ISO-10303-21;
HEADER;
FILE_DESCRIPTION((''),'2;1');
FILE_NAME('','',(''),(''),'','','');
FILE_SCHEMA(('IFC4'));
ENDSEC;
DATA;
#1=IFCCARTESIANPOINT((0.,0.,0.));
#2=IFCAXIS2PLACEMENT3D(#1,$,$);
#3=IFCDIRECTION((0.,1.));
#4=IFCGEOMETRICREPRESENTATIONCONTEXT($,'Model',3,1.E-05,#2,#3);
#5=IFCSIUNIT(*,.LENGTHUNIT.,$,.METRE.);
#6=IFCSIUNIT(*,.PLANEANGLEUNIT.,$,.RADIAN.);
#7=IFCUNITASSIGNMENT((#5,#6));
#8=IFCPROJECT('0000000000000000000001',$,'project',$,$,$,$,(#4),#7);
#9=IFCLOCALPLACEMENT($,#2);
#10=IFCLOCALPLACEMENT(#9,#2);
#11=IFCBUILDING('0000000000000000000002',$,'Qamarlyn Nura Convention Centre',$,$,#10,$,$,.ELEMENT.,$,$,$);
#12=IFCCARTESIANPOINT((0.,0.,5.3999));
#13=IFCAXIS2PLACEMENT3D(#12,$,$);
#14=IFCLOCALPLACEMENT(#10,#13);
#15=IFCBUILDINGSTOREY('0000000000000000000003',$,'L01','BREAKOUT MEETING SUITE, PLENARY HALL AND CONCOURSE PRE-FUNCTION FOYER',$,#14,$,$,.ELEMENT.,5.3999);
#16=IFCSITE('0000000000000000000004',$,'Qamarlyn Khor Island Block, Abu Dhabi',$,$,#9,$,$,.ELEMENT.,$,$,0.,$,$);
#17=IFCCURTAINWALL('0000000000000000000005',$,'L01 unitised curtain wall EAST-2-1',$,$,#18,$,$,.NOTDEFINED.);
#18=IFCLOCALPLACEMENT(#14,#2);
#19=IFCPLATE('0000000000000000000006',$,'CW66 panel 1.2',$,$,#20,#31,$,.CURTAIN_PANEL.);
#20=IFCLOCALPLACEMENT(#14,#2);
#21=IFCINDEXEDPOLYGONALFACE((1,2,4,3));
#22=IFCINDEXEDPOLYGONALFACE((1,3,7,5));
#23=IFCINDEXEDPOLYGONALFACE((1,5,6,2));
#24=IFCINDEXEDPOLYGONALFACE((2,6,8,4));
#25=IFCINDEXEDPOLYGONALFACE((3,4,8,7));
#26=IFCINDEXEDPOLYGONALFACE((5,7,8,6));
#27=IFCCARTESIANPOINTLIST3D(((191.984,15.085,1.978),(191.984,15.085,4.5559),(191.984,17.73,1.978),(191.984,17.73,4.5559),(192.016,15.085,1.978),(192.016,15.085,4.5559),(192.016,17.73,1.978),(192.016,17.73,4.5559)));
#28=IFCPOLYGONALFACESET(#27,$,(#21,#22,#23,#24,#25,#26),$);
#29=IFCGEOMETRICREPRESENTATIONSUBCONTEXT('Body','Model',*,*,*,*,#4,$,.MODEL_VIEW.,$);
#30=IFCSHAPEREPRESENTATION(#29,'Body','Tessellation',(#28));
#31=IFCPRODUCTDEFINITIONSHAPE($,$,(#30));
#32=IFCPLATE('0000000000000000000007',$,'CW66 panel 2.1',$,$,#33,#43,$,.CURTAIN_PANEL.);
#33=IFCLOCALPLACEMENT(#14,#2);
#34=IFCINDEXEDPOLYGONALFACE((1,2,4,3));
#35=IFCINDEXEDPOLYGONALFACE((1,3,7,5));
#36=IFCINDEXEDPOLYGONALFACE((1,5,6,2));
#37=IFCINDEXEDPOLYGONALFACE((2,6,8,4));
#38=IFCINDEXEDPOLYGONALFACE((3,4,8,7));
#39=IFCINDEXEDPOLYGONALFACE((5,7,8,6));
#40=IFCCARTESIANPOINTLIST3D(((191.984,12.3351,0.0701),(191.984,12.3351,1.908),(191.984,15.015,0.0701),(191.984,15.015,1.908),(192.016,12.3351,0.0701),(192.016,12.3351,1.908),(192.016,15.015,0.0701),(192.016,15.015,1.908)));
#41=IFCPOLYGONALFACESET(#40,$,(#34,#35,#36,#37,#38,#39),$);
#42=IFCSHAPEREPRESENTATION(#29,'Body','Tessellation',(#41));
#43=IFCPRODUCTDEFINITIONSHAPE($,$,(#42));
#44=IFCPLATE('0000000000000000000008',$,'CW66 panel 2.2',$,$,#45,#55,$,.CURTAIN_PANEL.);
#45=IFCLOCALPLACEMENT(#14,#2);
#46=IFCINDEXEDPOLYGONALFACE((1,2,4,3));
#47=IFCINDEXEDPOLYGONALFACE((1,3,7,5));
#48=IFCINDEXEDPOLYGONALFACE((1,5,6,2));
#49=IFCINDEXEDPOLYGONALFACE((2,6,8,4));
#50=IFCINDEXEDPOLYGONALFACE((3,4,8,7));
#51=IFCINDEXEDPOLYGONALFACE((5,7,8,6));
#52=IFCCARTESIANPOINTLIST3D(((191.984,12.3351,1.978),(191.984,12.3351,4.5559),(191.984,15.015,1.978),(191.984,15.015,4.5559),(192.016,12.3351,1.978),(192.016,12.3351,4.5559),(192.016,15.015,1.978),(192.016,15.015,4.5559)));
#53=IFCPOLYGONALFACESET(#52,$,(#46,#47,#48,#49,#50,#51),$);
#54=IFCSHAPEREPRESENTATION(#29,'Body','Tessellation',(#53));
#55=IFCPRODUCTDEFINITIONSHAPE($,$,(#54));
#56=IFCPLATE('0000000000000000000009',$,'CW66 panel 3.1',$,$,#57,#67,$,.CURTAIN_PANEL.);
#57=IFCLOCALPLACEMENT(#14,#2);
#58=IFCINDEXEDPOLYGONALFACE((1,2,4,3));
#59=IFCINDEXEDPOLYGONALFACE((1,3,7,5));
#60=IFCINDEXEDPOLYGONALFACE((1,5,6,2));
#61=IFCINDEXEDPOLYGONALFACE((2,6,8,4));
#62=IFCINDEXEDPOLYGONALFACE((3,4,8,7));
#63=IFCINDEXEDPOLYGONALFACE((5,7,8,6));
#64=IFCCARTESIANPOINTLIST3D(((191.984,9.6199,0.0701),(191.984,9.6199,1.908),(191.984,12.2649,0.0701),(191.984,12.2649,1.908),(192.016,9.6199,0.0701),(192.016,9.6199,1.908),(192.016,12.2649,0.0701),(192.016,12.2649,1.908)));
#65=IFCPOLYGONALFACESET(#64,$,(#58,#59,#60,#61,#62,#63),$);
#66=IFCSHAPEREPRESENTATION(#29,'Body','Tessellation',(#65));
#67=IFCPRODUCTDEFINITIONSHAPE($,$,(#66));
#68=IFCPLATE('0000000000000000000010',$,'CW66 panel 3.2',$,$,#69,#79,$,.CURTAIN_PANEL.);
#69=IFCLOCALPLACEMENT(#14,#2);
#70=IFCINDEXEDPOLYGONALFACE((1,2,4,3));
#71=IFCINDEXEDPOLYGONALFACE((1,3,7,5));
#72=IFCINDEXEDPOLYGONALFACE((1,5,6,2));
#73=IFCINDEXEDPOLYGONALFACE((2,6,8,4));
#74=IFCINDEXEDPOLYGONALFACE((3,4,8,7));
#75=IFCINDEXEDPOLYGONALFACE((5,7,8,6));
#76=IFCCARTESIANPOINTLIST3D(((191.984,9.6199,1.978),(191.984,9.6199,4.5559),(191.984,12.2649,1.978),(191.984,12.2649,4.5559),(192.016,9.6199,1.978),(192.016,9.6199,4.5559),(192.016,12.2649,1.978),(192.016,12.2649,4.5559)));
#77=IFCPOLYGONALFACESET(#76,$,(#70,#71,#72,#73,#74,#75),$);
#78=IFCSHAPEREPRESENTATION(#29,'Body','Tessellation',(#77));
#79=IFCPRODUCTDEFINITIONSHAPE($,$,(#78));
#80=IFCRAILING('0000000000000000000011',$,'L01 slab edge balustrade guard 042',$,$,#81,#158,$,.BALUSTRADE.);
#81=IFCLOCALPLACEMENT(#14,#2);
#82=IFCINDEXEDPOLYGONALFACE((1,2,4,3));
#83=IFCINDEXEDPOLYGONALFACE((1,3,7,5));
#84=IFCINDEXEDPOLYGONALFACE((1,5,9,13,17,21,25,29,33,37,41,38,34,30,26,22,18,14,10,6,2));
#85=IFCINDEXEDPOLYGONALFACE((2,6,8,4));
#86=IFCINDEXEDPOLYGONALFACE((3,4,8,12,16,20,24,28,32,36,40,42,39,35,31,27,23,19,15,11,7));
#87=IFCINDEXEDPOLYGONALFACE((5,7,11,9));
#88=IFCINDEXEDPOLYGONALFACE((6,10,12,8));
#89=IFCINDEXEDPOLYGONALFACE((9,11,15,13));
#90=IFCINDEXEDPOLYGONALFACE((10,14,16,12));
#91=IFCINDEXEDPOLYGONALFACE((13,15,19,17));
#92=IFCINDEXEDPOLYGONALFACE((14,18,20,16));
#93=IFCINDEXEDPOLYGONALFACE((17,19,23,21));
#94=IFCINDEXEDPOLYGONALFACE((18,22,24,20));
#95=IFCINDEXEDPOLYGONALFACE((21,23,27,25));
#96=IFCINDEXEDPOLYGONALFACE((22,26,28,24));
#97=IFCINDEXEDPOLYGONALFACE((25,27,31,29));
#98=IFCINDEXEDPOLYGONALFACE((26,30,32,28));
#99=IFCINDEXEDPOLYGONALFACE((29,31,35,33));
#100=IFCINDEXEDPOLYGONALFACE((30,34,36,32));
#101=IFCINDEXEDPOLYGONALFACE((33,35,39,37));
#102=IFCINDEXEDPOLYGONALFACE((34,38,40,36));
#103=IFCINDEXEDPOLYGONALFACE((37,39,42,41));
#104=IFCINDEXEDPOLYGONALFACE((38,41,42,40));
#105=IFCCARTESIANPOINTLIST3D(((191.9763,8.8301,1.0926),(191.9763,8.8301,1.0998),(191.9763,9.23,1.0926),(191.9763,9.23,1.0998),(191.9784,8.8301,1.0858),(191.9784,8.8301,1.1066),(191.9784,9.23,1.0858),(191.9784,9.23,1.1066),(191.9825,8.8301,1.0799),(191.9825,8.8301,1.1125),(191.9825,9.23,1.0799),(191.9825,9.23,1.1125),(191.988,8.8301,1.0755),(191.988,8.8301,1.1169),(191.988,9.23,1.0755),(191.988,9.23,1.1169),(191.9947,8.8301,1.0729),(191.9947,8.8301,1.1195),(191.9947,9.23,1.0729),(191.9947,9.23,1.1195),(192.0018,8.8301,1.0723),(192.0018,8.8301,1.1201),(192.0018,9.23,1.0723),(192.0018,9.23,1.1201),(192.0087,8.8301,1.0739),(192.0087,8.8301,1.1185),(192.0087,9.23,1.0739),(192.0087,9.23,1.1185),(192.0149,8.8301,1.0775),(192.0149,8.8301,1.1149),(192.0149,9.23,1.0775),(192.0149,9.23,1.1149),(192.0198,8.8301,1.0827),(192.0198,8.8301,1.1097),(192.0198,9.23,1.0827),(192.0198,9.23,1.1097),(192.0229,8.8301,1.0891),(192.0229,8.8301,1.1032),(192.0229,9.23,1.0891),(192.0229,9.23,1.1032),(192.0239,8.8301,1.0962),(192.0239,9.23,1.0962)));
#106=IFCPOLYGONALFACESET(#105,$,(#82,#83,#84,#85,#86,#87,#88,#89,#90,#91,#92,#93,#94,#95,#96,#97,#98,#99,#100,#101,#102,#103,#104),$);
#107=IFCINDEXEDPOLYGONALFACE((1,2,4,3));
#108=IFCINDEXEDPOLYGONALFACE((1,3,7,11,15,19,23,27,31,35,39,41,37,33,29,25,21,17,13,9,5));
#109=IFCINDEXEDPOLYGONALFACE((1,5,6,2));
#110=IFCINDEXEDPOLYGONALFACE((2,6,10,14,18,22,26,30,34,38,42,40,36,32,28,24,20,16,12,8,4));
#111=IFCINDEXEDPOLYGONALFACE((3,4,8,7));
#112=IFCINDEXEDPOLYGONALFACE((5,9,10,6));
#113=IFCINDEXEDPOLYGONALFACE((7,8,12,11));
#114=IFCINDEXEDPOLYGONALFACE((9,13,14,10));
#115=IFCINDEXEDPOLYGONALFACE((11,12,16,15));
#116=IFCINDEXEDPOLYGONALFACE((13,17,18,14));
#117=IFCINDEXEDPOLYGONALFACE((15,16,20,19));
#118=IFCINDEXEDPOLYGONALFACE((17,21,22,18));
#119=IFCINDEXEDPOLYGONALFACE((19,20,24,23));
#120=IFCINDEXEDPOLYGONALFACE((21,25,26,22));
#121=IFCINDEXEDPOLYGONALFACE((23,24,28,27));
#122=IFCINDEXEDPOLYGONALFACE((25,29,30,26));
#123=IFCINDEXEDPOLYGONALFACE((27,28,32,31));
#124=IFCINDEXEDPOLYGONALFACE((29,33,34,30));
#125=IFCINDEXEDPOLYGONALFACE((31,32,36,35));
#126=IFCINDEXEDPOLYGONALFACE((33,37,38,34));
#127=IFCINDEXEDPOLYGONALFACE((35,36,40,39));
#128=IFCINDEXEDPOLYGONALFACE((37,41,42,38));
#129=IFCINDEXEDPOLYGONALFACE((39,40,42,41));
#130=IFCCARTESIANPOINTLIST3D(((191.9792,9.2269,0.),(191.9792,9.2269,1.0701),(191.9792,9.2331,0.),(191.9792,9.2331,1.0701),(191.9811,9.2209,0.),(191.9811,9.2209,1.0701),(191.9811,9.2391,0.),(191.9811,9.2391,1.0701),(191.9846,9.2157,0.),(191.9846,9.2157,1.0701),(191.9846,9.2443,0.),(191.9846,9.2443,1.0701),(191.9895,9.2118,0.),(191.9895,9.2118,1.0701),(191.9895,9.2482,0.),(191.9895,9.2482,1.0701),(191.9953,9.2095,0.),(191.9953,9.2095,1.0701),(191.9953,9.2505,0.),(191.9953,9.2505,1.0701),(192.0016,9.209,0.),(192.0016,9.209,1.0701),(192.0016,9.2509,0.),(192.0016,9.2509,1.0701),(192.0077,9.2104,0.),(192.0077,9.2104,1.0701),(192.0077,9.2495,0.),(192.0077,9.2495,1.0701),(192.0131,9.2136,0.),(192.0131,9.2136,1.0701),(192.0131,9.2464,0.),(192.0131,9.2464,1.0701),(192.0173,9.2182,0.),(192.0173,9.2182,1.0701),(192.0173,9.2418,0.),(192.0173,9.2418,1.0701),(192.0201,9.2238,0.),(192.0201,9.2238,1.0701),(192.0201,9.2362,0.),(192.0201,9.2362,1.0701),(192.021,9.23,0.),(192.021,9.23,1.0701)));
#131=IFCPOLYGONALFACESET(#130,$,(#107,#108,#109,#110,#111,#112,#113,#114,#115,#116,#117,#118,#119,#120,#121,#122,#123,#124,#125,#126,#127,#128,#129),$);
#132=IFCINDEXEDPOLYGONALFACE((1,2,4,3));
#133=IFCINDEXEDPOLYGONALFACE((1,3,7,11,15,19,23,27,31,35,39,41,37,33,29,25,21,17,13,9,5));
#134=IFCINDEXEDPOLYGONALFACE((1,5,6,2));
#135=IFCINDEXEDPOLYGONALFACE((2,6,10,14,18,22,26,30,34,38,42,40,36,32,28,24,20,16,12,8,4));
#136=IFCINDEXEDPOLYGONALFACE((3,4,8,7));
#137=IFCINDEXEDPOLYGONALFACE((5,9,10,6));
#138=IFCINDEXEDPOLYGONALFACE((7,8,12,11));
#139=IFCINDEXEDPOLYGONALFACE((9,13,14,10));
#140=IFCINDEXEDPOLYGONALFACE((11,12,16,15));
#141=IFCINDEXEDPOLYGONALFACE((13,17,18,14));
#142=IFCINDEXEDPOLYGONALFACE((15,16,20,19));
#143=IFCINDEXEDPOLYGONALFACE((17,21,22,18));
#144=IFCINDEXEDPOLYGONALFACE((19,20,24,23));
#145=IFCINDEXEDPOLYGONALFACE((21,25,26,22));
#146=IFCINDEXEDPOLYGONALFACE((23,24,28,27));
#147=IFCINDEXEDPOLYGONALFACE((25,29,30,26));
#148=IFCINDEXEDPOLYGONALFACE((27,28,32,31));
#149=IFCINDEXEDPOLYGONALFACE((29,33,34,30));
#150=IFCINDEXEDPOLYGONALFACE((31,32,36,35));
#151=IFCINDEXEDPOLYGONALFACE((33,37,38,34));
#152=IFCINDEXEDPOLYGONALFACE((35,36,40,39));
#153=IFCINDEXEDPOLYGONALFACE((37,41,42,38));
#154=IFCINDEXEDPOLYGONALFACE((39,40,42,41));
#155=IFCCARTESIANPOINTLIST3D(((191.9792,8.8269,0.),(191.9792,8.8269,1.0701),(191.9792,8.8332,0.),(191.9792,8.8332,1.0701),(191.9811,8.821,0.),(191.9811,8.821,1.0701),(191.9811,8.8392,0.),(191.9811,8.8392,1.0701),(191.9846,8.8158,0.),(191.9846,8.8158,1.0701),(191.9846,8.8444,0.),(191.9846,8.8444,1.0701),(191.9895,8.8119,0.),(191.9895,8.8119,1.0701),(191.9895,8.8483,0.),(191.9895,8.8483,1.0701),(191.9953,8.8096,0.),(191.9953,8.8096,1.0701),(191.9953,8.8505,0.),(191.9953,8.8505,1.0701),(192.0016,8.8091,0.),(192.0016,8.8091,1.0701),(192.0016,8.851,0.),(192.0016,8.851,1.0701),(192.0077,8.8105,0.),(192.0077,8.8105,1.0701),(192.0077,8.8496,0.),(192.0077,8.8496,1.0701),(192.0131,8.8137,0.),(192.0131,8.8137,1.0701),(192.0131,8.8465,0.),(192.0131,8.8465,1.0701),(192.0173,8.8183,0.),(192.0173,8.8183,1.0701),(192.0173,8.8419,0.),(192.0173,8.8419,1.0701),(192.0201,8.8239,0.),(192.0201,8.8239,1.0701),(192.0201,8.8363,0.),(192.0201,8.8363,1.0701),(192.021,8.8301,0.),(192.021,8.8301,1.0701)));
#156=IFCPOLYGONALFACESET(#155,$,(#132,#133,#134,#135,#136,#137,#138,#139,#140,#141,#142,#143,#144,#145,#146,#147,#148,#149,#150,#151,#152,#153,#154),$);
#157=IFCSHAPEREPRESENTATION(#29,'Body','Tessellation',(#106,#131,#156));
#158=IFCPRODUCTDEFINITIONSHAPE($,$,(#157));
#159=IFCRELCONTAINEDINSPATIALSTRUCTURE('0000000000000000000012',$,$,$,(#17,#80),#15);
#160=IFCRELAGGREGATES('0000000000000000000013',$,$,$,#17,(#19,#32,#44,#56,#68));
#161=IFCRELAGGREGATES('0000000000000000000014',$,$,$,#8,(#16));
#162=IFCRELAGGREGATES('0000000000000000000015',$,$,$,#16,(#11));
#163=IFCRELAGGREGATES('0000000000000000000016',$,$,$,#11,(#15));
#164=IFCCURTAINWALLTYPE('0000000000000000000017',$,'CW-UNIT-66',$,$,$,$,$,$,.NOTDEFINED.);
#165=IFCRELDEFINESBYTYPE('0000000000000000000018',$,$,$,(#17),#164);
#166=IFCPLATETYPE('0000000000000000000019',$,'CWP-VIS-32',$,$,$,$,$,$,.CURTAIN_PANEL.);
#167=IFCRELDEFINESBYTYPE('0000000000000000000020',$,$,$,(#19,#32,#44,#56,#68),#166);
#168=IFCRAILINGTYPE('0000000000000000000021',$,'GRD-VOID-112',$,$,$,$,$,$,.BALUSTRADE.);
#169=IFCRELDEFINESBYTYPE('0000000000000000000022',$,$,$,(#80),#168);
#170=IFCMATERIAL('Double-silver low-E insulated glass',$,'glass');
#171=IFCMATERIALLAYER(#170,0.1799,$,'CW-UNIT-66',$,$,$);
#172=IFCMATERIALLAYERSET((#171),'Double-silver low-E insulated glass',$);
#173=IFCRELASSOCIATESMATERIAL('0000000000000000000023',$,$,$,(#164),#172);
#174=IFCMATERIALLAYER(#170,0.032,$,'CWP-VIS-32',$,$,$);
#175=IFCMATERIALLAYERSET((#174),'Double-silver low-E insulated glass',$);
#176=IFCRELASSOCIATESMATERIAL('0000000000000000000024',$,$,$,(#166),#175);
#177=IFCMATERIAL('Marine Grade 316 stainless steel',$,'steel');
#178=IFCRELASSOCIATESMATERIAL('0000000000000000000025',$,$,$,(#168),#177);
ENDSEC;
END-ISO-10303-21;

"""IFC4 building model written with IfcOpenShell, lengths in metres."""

from ifc_helpers import new_model, si_unit, direction, frame, origin, origin_2d, place, context, subcontext, project, spatial, rectangle, circle, extrude, material, layer, layer_set, type_object, element, aggregate, save


model = new_model("IFC4")

# Units and contexts
model_context = context("Model", 3, precision=1e-05, world=origin(), true_north=direction((0.0, 1.0)))
body_context = subcontext(model_context, "Body", "Model", "MODEL_VIEW")
ifc_project = project(units=[si_unit("LENGTHUNIT", "METRE"), si_unit("PLANEANGLEUNIT", "RADIAN")], contexts=[model_context])

# Site, building, storey
site_placement = place(None, origin())
site = spatial("IfcSite", under=ifc_project, at=site_placement, Name="Qamarlyn Khor Island Block, Abu Dhabi", CompositionType="ELEMENT", RefElevation=0.0)
building_placement = place(site_placement, origin())
building = spatial("IfcBuilding", under=site, at=building_placement, Name="Qamarlyn Nura Convention Centre", CompositionType="ELEMENT")
storey_placement = place(building_placement, frame((0.0, 0.0, 5.3999)))
storey = spatial("IfcBuildingStorey", under=building, at=storey_placement, Name="L01", Description="BREAKOUT MEETING SUITE, PLENARY HALL AND CONCOURSE PRE-FUNCTION FOYER", CompositionType="ELEMENT", Elevation=5.3999)

# Curtain wall, plates
ifc_material_1 = material(Name="Double-silver low-E insulated glass", Category="glass")
ifc_layer_1 = layer(ifc_material_1, 0.1799, Name="CW-UNIT-66")
ifc_layer_set_1 = layer_set([ifc_layer_1], Name="Double-silver low-E insulated glass")
curtain_wall_type = type_object("IfcCurtainWallType", Name="CW-UNIT-66", PredefinedType="NOTDEFINED", material=ifc_layer_set_1)
curtain_wall_placement = place(storey_placement, origin())
curtain_wall = element("IfcCurtainWall", 1, at=curtain_wall_placement, inside=storey, type_object=curtain_wall_type, Name="L01 unitised curtain wall EAST-2-1", PredefinedType="NOTDEFINED")
ifc_layer_2 = layer(ifc_material_1, 0.032, Name="CWP-VIS-32")
ifc_layer_set_2 = layer_set([ifc_layer_2], Name="Double-silver low-E insulated glass")
plate_type = type_object("IfcPlateType", Name="CWP-VIS-32", PredefinedType="CURTAIN_PANEL", material=ifc_layer_set_2)
plate_1_placement = place(storey_placement, frame((192.0, 16.4075, 1.978), z_axis=(0.0, 0.0, 1.0), x_axis=(0.0, -1.0, 0.0)))
plate_1 = element("IfcPlate", 2, at=plate_1_placement, type_object=plate_type, Name="CW66 panel 1.2", PredefinedType="CURTAIN_PANEL", context=body_context, shape_type="SweptSolid", body=[
    extrude(rectangle(XDim=2.645, YDim=0.032, at=origin_2d()), origin(), (0.0, 0.0, 1.0), 2.5779),
])
plate_2_placement = place(storey_placement, frame((192.0, 13.675, 0.0701), z_axis=(0.0, 0.0, 1.0), x_axis=(0.0, -1.0, 0.0)))
plate_2 = element("IfcPlate", 3, at=plate_2_placement, type_object=plate_type, Name="CW66 panel 2.1", PredefinedType="CURTAIN_PANEL", context=body_context, shape_type="SweptSolid", body=[
    extrude(rectangle(XDim=2.6799, YDim=0.032, at=origin_2d()), origin(), (0.0, 0.0, 1.0), 1.8379),
])
plate_3_placement = place(storey_placement, frame((192.0, 13.675, 1.978), z_axis=(0.0, 0.0, 1.0), x_axis=(0.0, -1.0, 0.0)))
plate_3 = element("IfcPlate", 4, at=plate_3_placement, type_object=plate_type, Name="CW66 panel 2.2", PredefinedType="CURTAIN_PANEL", context=body_context, shape_type="SweptSolid", body=[
    extrude(rectangle(XDim=2.6799, YDim=0.032, at=origin_2d()), origin(), (0.0, 0.0, 1.0), 2.5779),
])
plate_4_placement = place(storey_placement, frame((192.0, 10.9424, 0.0701), z_axis=(0.0, 0.0, 1.0), x_axis=(0.0, -1.0, 0.0)))
plate_4 = element("IfcPlate", 5, at=plate_4_placement, type_object=plate_type, Name="CW66 panel 3.1", PredefinedType="CURTAIN_PANEL", context=body_context, shape_type="SweptSolid", body=[
    extrude(rectangle(XDim=2.645, YDim=0.032, at=origin_2d()), origin(), (0.0, 0.0, 1.0), 1.8379),
])
plate_5_placement = place(storey_placement, frame((192.0, 10.9424, 1.978), z_axis=(0.0, 0.0, 1.0), x_axis=(0.0, -1.0, 0.0)))
plate_5 = element("IfcPlate", 6, at=plate_5_placement, type_object=plate_type, Name="CW66 panel 3.2", PredefinedType="CURTAIN_PANEL", context=body_context, shape_type="SweptSolid", body=[
    extrude(rectangle(XDim=2.645, YDim=0.032, at=origin_2d()), origin(), (0.0, 0.0, 1.0), 2.5779),
])
aggregate(curtain_wall, [plate_1, plate_2, plate_3, plate_4, plate_5])

# Railing
ifc_material_2 = material(Name="Marine Grade 316 stainless steel", Category="steel")
railing_type = type_object("IfcRailingType", Name="GRD-VOID-112", PredefinedType="BALUSTRADE", material=ifc_material_2)
railing_placement = place(storey_placement, frame((192.0, 9.23, 0.0)))
element("IfcRailing", 7, at=railing_placement, inside=storey, type_object=railing_type, Name="L01 slab edge balustrade guard 042", PredefinedType="BALUSTRADE", context=body_context, shape_type="SweptSolid", body=[
    extrude(circle(Radius=0.0239, at=origin_2d()), frame((0.0, 0.0, 1.0962), z_axis=(0.0, -1.0, 0.0), x_axis=(1.0, 0.0, 0.0)), (0.0, 0.0, 1.0), 0.3999),
    extrude(circle(Radius=0.021, at=origin_2d()), origin(), (0.0, 0.0, 1.0), 1.0701),
    extrude(circle(Radius=0.021, at=origin_2d()), frame((0.0, -0.3999, 0.0)), (0.0, 0.0, 1.0), 1.0701),
])

save(model, "model.ifc")
